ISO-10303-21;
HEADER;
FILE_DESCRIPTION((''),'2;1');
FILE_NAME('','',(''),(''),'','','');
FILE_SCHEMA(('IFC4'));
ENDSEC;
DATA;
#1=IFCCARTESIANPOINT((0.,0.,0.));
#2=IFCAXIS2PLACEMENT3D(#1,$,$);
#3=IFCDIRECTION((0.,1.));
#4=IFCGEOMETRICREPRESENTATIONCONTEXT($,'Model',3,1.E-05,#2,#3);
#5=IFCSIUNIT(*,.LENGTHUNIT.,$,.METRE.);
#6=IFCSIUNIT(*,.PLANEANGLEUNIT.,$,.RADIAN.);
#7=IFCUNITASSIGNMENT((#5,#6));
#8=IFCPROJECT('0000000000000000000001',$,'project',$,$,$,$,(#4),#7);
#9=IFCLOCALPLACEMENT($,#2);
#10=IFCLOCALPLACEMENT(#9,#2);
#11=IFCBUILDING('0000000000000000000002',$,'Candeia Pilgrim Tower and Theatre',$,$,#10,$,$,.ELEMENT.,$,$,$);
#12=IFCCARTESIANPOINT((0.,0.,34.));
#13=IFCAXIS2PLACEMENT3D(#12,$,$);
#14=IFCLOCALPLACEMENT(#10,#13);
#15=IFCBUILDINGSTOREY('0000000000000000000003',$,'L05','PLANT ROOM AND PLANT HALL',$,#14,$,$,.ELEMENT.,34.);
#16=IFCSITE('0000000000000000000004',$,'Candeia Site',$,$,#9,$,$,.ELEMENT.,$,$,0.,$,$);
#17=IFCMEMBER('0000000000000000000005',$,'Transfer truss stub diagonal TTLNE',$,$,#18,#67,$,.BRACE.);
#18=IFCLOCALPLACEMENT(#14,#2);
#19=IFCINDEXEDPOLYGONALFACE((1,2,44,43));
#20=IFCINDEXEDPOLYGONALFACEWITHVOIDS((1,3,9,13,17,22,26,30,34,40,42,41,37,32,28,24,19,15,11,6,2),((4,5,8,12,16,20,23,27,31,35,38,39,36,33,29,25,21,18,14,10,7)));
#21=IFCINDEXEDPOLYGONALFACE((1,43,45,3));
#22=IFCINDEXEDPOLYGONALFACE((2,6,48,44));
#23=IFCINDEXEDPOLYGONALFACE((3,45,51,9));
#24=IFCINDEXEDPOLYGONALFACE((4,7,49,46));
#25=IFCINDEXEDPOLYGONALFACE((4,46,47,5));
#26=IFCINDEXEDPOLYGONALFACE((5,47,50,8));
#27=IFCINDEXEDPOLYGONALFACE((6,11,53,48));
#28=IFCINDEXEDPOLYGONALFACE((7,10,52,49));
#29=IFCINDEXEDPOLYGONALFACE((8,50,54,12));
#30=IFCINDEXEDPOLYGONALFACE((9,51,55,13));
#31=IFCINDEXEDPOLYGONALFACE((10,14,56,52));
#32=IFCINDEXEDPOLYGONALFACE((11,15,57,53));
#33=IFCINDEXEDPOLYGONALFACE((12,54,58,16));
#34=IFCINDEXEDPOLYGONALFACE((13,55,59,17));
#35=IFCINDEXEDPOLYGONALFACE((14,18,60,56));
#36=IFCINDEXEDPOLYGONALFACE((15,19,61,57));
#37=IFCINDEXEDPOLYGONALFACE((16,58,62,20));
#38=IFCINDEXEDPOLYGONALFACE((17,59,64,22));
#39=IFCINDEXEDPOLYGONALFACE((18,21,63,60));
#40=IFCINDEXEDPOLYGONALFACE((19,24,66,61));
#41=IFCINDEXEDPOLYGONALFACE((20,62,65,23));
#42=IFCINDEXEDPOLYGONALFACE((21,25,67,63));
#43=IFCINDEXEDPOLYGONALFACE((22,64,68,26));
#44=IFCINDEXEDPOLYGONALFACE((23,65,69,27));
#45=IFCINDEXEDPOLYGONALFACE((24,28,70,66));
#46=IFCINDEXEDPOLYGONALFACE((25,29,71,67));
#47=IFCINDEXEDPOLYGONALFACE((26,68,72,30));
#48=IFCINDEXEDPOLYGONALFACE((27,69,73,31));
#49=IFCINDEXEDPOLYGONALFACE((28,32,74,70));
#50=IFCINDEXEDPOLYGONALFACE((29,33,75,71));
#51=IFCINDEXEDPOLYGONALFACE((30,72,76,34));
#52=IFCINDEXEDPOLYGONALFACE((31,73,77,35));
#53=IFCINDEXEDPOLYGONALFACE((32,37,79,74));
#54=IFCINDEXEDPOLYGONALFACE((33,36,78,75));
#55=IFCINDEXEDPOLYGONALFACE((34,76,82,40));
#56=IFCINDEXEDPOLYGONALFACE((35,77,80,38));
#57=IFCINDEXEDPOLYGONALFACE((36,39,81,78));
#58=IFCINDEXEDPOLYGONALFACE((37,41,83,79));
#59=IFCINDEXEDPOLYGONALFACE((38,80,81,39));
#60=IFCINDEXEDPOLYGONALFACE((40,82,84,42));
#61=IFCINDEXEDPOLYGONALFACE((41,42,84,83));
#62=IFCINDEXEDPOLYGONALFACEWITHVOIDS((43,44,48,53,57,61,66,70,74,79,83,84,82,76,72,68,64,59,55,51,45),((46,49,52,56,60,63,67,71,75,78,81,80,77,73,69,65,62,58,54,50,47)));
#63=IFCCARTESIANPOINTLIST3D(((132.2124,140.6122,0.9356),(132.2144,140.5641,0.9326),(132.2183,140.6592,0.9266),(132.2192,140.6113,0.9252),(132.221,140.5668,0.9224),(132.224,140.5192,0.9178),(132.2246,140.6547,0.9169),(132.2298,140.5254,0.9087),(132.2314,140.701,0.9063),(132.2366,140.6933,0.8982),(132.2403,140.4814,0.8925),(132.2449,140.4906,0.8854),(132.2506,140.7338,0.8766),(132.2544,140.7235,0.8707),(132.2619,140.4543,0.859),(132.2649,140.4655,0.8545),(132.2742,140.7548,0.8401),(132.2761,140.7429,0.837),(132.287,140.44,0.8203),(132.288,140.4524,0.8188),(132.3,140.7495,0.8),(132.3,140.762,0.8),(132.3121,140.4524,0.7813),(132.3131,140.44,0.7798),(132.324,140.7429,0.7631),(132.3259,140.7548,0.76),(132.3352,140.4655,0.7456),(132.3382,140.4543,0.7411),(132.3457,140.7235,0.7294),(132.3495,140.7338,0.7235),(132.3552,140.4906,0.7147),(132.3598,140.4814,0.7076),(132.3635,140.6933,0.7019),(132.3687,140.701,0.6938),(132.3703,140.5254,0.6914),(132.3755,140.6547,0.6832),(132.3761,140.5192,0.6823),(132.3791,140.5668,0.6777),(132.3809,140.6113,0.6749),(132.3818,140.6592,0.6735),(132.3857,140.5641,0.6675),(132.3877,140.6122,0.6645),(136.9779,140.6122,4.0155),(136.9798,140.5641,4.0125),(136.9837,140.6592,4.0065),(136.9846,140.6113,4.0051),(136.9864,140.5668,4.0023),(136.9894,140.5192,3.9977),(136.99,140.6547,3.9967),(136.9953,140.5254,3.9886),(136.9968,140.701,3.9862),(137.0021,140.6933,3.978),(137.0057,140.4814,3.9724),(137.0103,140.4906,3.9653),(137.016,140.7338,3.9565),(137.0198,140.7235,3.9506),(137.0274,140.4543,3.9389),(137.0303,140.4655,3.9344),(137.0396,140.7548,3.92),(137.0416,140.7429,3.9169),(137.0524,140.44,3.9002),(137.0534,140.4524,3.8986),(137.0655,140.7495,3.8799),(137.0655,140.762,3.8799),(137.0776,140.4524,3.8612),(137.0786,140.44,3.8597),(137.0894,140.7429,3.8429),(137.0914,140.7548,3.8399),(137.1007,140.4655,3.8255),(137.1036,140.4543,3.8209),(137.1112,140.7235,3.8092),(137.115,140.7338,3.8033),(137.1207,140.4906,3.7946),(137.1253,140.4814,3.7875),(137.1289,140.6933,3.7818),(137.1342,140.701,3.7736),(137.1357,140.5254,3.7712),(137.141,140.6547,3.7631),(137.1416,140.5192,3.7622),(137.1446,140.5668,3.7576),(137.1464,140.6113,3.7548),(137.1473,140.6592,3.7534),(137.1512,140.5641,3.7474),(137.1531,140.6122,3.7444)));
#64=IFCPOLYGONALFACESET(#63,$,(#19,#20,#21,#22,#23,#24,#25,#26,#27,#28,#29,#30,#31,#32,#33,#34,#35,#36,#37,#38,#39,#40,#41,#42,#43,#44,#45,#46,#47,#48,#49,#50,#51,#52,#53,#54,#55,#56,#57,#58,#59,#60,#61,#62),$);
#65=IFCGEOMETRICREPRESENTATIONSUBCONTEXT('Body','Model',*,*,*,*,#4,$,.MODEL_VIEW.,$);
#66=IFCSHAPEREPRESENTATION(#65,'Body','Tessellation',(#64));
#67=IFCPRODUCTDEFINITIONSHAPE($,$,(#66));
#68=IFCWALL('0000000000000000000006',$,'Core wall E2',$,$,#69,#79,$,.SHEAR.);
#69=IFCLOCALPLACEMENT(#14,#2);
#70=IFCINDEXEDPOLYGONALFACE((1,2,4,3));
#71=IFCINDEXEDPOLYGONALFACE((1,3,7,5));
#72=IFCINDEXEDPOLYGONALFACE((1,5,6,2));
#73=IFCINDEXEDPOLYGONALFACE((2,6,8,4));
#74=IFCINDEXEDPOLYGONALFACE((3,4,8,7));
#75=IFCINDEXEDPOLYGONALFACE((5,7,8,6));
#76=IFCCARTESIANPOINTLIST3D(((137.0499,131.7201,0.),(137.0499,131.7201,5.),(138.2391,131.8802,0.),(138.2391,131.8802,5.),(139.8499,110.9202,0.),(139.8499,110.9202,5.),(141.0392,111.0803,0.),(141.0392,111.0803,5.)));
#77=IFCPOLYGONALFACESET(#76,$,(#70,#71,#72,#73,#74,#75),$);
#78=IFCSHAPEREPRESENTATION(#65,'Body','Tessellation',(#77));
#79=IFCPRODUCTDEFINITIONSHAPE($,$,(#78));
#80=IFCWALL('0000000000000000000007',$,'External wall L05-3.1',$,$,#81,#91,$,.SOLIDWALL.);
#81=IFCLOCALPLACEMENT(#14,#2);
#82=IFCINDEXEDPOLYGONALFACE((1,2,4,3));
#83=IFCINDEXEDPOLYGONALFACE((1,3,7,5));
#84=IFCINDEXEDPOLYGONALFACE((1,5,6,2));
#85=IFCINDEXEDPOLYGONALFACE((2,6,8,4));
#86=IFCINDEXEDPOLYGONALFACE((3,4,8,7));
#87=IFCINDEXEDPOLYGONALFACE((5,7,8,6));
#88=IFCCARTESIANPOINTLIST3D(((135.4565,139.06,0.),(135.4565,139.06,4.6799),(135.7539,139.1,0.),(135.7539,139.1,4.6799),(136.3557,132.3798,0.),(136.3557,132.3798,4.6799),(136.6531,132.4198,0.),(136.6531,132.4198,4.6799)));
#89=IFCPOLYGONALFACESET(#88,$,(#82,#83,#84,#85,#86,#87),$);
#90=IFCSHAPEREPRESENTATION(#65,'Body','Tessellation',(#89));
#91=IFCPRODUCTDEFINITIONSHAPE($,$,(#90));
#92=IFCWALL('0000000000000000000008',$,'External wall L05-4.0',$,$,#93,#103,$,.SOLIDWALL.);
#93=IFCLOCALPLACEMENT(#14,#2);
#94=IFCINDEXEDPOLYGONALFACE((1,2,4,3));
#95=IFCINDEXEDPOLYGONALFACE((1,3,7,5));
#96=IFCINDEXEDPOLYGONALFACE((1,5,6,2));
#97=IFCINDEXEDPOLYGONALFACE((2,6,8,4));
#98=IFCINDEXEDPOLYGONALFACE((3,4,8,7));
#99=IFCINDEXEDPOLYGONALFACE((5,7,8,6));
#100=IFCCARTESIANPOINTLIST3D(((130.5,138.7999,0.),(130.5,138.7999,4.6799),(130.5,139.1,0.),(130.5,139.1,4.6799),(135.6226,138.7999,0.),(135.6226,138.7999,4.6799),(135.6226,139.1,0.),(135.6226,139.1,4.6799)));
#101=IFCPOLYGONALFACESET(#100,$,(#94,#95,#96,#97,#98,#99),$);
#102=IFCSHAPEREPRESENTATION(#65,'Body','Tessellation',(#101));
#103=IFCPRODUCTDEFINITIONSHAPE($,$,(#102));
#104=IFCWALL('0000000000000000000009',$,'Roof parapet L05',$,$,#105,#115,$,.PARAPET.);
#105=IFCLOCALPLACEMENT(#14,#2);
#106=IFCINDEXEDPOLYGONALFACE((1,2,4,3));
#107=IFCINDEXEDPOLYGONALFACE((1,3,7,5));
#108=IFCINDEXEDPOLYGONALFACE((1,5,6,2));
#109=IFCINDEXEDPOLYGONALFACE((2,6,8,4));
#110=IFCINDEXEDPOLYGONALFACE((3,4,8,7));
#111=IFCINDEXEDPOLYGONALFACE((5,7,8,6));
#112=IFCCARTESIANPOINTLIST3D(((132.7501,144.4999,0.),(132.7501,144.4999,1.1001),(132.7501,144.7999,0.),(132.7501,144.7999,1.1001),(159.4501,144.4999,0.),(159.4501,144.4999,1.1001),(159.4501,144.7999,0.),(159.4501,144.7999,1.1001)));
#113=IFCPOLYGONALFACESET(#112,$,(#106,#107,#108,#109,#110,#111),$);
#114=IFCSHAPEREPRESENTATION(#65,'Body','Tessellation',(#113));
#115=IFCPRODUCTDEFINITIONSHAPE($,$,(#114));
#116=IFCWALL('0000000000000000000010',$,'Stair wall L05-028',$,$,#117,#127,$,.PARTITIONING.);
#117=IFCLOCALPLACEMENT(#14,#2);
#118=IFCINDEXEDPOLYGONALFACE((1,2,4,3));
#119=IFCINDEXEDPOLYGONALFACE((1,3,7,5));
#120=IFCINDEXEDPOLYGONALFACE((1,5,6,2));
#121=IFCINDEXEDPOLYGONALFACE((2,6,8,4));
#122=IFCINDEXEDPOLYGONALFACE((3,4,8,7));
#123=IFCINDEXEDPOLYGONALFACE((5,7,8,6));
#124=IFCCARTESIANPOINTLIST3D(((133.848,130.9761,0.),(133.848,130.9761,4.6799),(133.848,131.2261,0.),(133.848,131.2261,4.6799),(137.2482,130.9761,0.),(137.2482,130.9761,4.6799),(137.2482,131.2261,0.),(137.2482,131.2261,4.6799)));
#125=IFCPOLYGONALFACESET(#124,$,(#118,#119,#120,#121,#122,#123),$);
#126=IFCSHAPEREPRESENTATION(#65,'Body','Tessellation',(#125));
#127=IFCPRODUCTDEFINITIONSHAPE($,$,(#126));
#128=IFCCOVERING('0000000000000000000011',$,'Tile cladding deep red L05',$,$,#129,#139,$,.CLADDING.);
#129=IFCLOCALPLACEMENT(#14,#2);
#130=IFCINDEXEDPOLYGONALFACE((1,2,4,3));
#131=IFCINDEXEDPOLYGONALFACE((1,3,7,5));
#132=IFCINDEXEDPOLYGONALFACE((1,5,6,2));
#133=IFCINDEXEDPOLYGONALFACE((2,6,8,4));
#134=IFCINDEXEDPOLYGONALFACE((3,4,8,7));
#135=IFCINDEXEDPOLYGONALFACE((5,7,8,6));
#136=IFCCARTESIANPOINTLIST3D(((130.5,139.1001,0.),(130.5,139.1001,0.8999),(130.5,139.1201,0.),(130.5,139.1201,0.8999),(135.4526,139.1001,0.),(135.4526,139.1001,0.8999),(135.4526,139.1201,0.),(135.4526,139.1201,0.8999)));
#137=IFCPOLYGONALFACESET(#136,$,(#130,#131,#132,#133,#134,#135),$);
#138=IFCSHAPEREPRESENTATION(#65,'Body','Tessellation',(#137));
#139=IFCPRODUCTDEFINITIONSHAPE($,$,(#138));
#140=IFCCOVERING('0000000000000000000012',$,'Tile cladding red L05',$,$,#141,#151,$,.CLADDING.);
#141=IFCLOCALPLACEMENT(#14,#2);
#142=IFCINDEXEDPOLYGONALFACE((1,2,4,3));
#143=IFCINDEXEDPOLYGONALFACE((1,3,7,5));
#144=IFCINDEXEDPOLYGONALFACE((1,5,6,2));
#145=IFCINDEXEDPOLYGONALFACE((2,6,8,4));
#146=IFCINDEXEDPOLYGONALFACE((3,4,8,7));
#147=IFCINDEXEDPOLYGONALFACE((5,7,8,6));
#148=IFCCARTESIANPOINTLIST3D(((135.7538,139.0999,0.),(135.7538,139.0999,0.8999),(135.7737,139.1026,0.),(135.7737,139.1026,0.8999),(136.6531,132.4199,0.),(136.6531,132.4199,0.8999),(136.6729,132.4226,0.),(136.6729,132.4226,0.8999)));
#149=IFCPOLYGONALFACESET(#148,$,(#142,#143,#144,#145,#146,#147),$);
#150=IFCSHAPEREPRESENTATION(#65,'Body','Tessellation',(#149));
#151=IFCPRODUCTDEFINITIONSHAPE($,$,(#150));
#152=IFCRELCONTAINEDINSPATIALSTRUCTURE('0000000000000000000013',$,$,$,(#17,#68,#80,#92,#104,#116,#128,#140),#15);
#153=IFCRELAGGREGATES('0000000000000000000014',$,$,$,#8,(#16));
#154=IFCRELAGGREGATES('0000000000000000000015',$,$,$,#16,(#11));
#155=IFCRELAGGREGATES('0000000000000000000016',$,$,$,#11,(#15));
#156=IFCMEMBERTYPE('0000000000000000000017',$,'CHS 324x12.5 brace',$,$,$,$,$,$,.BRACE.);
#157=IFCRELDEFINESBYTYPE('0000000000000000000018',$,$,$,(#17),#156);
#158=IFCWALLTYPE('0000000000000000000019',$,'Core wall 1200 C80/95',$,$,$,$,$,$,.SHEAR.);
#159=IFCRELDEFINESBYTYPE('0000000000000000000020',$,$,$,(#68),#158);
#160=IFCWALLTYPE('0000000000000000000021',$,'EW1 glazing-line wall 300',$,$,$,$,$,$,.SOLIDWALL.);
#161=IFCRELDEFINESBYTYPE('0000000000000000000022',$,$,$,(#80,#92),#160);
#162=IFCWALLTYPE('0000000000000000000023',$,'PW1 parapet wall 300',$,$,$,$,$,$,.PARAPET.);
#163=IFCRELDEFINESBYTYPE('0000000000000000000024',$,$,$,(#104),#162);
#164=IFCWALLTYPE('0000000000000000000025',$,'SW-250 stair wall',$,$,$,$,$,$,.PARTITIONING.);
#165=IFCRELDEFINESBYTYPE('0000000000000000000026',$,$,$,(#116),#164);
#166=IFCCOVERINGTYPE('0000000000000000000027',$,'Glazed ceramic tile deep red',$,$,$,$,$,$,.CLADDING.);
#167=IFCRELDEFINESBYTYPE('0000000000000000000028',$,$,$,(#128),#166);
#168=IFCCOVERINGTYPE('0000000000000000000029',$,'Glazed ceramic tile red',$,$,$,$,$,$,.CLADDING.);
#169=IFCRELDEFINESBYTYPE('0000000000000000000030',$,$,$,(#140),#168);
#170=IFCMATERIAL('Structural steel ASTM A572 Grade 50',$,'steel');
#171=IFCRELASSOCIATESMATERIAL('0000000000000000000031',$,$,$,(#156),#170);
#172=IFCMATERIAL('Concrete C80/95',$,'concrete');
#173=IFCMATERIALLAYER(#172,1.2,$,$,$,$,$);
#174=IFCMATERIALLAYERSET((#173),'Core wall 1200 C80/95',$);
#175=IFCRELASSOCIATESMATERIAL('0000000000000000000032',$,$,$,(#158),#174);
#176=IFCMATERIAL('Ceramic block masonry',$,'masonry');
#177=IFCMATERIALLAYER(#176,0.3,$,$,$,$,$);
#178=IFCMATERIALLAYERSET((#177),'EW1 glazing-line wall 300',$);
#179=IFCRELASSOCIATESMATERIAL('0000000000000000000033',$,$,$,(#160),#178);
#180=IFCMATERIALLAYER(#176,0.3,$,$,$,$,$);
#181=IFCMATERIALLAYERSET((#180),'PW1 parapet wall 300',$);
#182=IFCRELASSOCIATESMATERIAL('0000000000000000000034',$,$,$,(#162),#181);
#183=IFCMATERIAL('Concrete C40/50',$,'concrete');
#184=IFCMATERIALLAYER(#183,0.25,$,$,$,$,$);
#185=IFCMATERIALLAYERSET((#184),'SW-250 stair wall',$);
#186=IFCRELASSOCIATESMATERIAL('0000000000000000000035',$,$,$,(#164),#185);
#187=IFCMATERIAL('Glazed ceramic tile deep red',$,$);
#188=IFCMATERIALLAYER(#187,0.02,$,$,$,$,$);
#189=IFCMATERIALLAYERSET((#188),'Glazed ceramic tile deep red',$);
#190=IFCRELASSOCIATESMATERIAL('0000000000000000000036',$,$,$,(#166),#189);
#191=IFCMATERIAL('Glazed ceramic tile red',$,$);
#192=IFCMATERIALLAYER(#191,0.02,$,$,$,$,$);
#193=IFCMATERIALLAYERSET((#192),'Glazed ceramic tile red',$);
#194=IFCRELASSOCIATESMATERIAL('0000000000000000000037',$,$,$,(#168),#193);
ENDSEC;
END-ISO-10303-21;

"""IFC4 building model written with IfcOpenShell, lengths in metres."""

from ifc_helpers import new_model, si_unit, direction, frame, frame_2d, origin, origin_2d, place, context, subcontext, project, spatial, rectangle, hollow_circle, extrude, material, layer, layer_set, material_profile, profile_set, type_object, element, save


model = new_model("IFC4")

# Units and contexts
model_context = context("Model", 3, precision=1e-05, world=origin(), true_north=direction((0.0, 1.0)))
body_context = subcontext(model_context, "Body", "Model", "MODEL_VIEW")
ifc_project = project(units=[si_unit("LENGTHUNIT", "METRE"), si_unit("PLANEANGLEUNIT", "RADIAN")], contexts=[model_context])

# Site, building, storey
site_placement = place(None, origin())
site = spatial("IfcSite", under=ifc_project, at=site_placement, Name="Candeia Site", CompositionType="ELEMENT", RefElevation=0.0)
building_placement = place(site_placement, origin())
building = spatial("IfcBuilding", under=site, at=building_placement, Name="Candeia Pilgrim Tower and Theatre", CompositionType="ELEMENT")
storey_placement = place(building_placement, frame((0.0, 0.0, 34.0)))
storey = spatial("IfcBuildingStorey", under=building, at=storey_placement, Name="L05", Description="PLANT ROOM AND PLANT HALL", CompositionType="ELEMENT", Elevation=34.0)

# Member
ifc_material_1 = material(Name="Structural steel ASTM A572 Grade 50", Category="steel")
ifc_material_profile_1 = material_profile(ifc_material_1, hollow_circle(Radius=0.1619, WallThickness=0.0125, at=origin_2d()))
ifc_profile_set_1 = profile_set([ifc_material_profile_1], Name="Structural steel ASTM A572 Grade 50")
member_type_1 = type_object("IfcMemberType", Name="CHS 324x12.5 brace", PredefinedType="BRACE", material=ifc_profile_set_1)
member_1_placement = place(storey_placement, frame((132.3, 140.6001, 0.8), z_axis=(0.839863, 0.0, 0.542798), x_axis=(0.0, 1.0, 0.0)))
element("IfcMember", 1, at=member_1_placement, inside=storey, type_object=member_type_1, Name="Transfer truss stub diagonal TTLNE", PredefinedType="BRACE", context=body_context, shape_type="SweptSolid", body=[
    extrude(hollow_circle(Radius=0.1619, WallThickness=0.0125, at=origin_2d()), origin(), (0.0, 0.0, 1.0), 5.6741),
])

# Walls
ifc_material_2 = material(Name="Concrete C80/95", Category="concrete")
ifc_layer_1 = layer(ifc_material_2, 1.2)
ifc_layer_set_1 = layer_set([ifc_layer_1], Name="Core wall 1200 C80/95")
wall_type_1 = type_object("IfcWallType", Name="Core wall 1200 C80/95", PredefinedType="SHEAR", material=ifc_layer_set_1)
wall_1_placement = place(storey_placement, frame((137.6445, 131.8, 0.0), z_axis=(0.0, 0.0, 1.0), x_axis=(0.133414, -0.99106, 0.0)))
element("IfcWall", 2, at=wall_1_placement, inside=storey, type_object=wall_type_1, Name="Core wall E2", PredefinedType="SHEAR", context=body_context, shape_type="SweptSolid", body=[
    extrude(rectangle(XDim=20.9875, YDim=1.2, at=frame_2d((10.4937, 0.0))), origin(), (0.0, 0.0, 1.0), 5.0),
])
ifc_material_3 = material(Name="Ceramic block masonry", Category="masonry")
ifc_layer_2 = layer(ifc_material_3, 0.3)
ifc_layer_set_2 = layer_set([ifc_layer_2], Name="EW1 glazing-line wall 300")
wall_type_2 = type_object("IfcWallType", Name="EW1 glazing-line wall 300", PredefinedType="SOLIDWALL", material=ifc_layer_set_2)
wall_2_placement = place(storey_placement, frame((136.5044, 132.3999, 0.0), z_axis=(0.0, 0.0, 1.0), x_axis=(-0.1334, 0.991062, 0.0)))
element("IfcWall", 3, at=wall_2_placement, inside=storey, type_object=wall_type_2, Name="External wall L05-3.1", PredefinedType="SOLIDWALL", context=body_context, shape_type="SweptSolid", body=[
    extrude(rectangle(XDim=6.7405, YDim=0.3, at=frame_2d((3.3701, 0.0))), origin(), (0.0, 0.0, 1.0), 4.6799),
])
wall_3_placement = place(storey_placement, frame((135.6226, 138.95, 0.0), z_axis=(0.0, 0.0, 1.0), x_axis=(-1.0, 0.0, 0.0)))
element("IfcWall", 4, at=wall_3_placement, inside=storey, type_object=wall_type_2, Name="External wall L05-4.0", PredefinedType="SOLIDWALL", context=body_context, shape_type="SweptSolid", body=[
    extrude(rectangle(XDim=5.1226, YDim=0.3, at=frame_2d((2.5613, 0.0))), origin(), (0.0, 0.0, 1.0), 4.6799),
])
ifc_layer_3 = layer(ifc_material_3, 0.3)
ifc_layer_set_3 = layer_set([ifc_layer_3], Name="PW1 parapet wall 300")
wall_type_3 = type_object("IfcWallType", Name="PW1 parapet wall 300", PredefinedType="PARAPET", material=ifc_layer_set_3)
wall_4_placement = place(storey_placement, frame((132.75, 144.6499, 0.0), z_axis=(0.0, 0.0, 1.0), x_axis=(1.0, 0.0, 0.0)))
element("IfcWall", 5, at=wall_4_placement, inside=storey, type_object=wall_type_3, Name="Roof parapet L05", PredefinedType="PARAPET", context=body_context, shape_type="SweptSolid", body=[
    extrude(rectangle(XDim=26.7, YDim=0.3, at=frame_2d((13.3501, 0.0))), origin(), (0.0, 0.0, 1.0), 1.1001),
])
ifc_material_4 = material(Name="Concrete C40/50", Category="concrete")
ifc_layer_4 = layer(ifc_material_4, 0.25)
ifc_layer_set_4 = layer_set([ifc_layer_4], Name="SW-250 stair wall")
wall_type_4 = type_object("IfcWallType", Name="SW-250 stair wall", PredefinedType="PARTITIONING", material=ifc_layer_set_4)
wall_5_placement = place(storey_placement, frame((133.8479, 131.1011, 0.0), z_axis=(0.0, 0.0, 1.0), x_axis=(1.0, 0.0, 0.0)))
element("IfcWall", 6, at=wall_5_placement, inside=storey, type_object=wall_type_4, Name="Stair wall L05-028", PredefinedType="PARTITIONING", context=body_context, shape_type="SweptSolid", body=[
    extrude(rectangle(XDim=3.4001, YDim=0.25, at=frame_2d((1.7002, 0.0))), origin(), (0.0, 0.0, 1.0), 4.6799),
])

# Coverings
ifc_material_5 = material(Name="Glazed ceramic tile deep red")
ifc_layer_5 = layer(ifc_material_5, 0.02)
ifc_layer_set_5 = layer_set([ifc_layer_5], Name="Glazed ceramic tile deep red")
covering_type_1 = type_object("IfcCoveringType", Name="Glazed ceramic tile deep red", PredefinedType="CLADDING", material=ifc_layer_set_5)
covering_1_placement = place(storey_placement, frame((132.9763, 139.1101, 0.0), z_axis=(0.0, 0.0, 1.0), x_axis=(-1.0, 0.0, 0.0)))
element("IfcCovering", 7, at=covering_1_placement, inside=storey, type_object=covering_type_1, Name="Tile cladding deep red L05", PredefinedType="CLADDING", context=body_context, shape_type="SweptSolid", body=[
    extrude(rectangle(XDim=4.9526, YDim=0.02, at=origin_2d()), origin(), (0.0, 0.0, 1.0), 0.8999),
])
ifc_material_6 = material(Name="Glazed ceramic tile red")
ifc_layer_6 = layer(ifc_material_6, 0.02)
ifc_layer_set_6 = layer_set([ifc_layer_6], Name="Glazed ceramic tile red")
covering_type_2 = type_object("IfcCoveringType", Name="Glazed ceramic tile red", PredefinedType="CLADDING", material=ifc_layer_set_6)
covering_2_placement = place(storey_placement, frame((136.2134, 135.7612, 0.0), z_axis=(0.0, 0.0, 1.0), x_axis=(-0.133412, 0.991061, 0.0)))
element("IfcCovering", 8, at=covering_2_placement, inside=storey, type_object=covering_type_2, Name="Tile cladding red L05", PredefinedType="CLADDING", context=body_context, shape_type="SweptSolid", body=[
    extrude(rectangle(XDim=6.7402, YDim=0.02, at=origin_2d()), origin(), (0.0, 0.0, 1.0), 0.8999),
])

save(model, "model.ifc")
